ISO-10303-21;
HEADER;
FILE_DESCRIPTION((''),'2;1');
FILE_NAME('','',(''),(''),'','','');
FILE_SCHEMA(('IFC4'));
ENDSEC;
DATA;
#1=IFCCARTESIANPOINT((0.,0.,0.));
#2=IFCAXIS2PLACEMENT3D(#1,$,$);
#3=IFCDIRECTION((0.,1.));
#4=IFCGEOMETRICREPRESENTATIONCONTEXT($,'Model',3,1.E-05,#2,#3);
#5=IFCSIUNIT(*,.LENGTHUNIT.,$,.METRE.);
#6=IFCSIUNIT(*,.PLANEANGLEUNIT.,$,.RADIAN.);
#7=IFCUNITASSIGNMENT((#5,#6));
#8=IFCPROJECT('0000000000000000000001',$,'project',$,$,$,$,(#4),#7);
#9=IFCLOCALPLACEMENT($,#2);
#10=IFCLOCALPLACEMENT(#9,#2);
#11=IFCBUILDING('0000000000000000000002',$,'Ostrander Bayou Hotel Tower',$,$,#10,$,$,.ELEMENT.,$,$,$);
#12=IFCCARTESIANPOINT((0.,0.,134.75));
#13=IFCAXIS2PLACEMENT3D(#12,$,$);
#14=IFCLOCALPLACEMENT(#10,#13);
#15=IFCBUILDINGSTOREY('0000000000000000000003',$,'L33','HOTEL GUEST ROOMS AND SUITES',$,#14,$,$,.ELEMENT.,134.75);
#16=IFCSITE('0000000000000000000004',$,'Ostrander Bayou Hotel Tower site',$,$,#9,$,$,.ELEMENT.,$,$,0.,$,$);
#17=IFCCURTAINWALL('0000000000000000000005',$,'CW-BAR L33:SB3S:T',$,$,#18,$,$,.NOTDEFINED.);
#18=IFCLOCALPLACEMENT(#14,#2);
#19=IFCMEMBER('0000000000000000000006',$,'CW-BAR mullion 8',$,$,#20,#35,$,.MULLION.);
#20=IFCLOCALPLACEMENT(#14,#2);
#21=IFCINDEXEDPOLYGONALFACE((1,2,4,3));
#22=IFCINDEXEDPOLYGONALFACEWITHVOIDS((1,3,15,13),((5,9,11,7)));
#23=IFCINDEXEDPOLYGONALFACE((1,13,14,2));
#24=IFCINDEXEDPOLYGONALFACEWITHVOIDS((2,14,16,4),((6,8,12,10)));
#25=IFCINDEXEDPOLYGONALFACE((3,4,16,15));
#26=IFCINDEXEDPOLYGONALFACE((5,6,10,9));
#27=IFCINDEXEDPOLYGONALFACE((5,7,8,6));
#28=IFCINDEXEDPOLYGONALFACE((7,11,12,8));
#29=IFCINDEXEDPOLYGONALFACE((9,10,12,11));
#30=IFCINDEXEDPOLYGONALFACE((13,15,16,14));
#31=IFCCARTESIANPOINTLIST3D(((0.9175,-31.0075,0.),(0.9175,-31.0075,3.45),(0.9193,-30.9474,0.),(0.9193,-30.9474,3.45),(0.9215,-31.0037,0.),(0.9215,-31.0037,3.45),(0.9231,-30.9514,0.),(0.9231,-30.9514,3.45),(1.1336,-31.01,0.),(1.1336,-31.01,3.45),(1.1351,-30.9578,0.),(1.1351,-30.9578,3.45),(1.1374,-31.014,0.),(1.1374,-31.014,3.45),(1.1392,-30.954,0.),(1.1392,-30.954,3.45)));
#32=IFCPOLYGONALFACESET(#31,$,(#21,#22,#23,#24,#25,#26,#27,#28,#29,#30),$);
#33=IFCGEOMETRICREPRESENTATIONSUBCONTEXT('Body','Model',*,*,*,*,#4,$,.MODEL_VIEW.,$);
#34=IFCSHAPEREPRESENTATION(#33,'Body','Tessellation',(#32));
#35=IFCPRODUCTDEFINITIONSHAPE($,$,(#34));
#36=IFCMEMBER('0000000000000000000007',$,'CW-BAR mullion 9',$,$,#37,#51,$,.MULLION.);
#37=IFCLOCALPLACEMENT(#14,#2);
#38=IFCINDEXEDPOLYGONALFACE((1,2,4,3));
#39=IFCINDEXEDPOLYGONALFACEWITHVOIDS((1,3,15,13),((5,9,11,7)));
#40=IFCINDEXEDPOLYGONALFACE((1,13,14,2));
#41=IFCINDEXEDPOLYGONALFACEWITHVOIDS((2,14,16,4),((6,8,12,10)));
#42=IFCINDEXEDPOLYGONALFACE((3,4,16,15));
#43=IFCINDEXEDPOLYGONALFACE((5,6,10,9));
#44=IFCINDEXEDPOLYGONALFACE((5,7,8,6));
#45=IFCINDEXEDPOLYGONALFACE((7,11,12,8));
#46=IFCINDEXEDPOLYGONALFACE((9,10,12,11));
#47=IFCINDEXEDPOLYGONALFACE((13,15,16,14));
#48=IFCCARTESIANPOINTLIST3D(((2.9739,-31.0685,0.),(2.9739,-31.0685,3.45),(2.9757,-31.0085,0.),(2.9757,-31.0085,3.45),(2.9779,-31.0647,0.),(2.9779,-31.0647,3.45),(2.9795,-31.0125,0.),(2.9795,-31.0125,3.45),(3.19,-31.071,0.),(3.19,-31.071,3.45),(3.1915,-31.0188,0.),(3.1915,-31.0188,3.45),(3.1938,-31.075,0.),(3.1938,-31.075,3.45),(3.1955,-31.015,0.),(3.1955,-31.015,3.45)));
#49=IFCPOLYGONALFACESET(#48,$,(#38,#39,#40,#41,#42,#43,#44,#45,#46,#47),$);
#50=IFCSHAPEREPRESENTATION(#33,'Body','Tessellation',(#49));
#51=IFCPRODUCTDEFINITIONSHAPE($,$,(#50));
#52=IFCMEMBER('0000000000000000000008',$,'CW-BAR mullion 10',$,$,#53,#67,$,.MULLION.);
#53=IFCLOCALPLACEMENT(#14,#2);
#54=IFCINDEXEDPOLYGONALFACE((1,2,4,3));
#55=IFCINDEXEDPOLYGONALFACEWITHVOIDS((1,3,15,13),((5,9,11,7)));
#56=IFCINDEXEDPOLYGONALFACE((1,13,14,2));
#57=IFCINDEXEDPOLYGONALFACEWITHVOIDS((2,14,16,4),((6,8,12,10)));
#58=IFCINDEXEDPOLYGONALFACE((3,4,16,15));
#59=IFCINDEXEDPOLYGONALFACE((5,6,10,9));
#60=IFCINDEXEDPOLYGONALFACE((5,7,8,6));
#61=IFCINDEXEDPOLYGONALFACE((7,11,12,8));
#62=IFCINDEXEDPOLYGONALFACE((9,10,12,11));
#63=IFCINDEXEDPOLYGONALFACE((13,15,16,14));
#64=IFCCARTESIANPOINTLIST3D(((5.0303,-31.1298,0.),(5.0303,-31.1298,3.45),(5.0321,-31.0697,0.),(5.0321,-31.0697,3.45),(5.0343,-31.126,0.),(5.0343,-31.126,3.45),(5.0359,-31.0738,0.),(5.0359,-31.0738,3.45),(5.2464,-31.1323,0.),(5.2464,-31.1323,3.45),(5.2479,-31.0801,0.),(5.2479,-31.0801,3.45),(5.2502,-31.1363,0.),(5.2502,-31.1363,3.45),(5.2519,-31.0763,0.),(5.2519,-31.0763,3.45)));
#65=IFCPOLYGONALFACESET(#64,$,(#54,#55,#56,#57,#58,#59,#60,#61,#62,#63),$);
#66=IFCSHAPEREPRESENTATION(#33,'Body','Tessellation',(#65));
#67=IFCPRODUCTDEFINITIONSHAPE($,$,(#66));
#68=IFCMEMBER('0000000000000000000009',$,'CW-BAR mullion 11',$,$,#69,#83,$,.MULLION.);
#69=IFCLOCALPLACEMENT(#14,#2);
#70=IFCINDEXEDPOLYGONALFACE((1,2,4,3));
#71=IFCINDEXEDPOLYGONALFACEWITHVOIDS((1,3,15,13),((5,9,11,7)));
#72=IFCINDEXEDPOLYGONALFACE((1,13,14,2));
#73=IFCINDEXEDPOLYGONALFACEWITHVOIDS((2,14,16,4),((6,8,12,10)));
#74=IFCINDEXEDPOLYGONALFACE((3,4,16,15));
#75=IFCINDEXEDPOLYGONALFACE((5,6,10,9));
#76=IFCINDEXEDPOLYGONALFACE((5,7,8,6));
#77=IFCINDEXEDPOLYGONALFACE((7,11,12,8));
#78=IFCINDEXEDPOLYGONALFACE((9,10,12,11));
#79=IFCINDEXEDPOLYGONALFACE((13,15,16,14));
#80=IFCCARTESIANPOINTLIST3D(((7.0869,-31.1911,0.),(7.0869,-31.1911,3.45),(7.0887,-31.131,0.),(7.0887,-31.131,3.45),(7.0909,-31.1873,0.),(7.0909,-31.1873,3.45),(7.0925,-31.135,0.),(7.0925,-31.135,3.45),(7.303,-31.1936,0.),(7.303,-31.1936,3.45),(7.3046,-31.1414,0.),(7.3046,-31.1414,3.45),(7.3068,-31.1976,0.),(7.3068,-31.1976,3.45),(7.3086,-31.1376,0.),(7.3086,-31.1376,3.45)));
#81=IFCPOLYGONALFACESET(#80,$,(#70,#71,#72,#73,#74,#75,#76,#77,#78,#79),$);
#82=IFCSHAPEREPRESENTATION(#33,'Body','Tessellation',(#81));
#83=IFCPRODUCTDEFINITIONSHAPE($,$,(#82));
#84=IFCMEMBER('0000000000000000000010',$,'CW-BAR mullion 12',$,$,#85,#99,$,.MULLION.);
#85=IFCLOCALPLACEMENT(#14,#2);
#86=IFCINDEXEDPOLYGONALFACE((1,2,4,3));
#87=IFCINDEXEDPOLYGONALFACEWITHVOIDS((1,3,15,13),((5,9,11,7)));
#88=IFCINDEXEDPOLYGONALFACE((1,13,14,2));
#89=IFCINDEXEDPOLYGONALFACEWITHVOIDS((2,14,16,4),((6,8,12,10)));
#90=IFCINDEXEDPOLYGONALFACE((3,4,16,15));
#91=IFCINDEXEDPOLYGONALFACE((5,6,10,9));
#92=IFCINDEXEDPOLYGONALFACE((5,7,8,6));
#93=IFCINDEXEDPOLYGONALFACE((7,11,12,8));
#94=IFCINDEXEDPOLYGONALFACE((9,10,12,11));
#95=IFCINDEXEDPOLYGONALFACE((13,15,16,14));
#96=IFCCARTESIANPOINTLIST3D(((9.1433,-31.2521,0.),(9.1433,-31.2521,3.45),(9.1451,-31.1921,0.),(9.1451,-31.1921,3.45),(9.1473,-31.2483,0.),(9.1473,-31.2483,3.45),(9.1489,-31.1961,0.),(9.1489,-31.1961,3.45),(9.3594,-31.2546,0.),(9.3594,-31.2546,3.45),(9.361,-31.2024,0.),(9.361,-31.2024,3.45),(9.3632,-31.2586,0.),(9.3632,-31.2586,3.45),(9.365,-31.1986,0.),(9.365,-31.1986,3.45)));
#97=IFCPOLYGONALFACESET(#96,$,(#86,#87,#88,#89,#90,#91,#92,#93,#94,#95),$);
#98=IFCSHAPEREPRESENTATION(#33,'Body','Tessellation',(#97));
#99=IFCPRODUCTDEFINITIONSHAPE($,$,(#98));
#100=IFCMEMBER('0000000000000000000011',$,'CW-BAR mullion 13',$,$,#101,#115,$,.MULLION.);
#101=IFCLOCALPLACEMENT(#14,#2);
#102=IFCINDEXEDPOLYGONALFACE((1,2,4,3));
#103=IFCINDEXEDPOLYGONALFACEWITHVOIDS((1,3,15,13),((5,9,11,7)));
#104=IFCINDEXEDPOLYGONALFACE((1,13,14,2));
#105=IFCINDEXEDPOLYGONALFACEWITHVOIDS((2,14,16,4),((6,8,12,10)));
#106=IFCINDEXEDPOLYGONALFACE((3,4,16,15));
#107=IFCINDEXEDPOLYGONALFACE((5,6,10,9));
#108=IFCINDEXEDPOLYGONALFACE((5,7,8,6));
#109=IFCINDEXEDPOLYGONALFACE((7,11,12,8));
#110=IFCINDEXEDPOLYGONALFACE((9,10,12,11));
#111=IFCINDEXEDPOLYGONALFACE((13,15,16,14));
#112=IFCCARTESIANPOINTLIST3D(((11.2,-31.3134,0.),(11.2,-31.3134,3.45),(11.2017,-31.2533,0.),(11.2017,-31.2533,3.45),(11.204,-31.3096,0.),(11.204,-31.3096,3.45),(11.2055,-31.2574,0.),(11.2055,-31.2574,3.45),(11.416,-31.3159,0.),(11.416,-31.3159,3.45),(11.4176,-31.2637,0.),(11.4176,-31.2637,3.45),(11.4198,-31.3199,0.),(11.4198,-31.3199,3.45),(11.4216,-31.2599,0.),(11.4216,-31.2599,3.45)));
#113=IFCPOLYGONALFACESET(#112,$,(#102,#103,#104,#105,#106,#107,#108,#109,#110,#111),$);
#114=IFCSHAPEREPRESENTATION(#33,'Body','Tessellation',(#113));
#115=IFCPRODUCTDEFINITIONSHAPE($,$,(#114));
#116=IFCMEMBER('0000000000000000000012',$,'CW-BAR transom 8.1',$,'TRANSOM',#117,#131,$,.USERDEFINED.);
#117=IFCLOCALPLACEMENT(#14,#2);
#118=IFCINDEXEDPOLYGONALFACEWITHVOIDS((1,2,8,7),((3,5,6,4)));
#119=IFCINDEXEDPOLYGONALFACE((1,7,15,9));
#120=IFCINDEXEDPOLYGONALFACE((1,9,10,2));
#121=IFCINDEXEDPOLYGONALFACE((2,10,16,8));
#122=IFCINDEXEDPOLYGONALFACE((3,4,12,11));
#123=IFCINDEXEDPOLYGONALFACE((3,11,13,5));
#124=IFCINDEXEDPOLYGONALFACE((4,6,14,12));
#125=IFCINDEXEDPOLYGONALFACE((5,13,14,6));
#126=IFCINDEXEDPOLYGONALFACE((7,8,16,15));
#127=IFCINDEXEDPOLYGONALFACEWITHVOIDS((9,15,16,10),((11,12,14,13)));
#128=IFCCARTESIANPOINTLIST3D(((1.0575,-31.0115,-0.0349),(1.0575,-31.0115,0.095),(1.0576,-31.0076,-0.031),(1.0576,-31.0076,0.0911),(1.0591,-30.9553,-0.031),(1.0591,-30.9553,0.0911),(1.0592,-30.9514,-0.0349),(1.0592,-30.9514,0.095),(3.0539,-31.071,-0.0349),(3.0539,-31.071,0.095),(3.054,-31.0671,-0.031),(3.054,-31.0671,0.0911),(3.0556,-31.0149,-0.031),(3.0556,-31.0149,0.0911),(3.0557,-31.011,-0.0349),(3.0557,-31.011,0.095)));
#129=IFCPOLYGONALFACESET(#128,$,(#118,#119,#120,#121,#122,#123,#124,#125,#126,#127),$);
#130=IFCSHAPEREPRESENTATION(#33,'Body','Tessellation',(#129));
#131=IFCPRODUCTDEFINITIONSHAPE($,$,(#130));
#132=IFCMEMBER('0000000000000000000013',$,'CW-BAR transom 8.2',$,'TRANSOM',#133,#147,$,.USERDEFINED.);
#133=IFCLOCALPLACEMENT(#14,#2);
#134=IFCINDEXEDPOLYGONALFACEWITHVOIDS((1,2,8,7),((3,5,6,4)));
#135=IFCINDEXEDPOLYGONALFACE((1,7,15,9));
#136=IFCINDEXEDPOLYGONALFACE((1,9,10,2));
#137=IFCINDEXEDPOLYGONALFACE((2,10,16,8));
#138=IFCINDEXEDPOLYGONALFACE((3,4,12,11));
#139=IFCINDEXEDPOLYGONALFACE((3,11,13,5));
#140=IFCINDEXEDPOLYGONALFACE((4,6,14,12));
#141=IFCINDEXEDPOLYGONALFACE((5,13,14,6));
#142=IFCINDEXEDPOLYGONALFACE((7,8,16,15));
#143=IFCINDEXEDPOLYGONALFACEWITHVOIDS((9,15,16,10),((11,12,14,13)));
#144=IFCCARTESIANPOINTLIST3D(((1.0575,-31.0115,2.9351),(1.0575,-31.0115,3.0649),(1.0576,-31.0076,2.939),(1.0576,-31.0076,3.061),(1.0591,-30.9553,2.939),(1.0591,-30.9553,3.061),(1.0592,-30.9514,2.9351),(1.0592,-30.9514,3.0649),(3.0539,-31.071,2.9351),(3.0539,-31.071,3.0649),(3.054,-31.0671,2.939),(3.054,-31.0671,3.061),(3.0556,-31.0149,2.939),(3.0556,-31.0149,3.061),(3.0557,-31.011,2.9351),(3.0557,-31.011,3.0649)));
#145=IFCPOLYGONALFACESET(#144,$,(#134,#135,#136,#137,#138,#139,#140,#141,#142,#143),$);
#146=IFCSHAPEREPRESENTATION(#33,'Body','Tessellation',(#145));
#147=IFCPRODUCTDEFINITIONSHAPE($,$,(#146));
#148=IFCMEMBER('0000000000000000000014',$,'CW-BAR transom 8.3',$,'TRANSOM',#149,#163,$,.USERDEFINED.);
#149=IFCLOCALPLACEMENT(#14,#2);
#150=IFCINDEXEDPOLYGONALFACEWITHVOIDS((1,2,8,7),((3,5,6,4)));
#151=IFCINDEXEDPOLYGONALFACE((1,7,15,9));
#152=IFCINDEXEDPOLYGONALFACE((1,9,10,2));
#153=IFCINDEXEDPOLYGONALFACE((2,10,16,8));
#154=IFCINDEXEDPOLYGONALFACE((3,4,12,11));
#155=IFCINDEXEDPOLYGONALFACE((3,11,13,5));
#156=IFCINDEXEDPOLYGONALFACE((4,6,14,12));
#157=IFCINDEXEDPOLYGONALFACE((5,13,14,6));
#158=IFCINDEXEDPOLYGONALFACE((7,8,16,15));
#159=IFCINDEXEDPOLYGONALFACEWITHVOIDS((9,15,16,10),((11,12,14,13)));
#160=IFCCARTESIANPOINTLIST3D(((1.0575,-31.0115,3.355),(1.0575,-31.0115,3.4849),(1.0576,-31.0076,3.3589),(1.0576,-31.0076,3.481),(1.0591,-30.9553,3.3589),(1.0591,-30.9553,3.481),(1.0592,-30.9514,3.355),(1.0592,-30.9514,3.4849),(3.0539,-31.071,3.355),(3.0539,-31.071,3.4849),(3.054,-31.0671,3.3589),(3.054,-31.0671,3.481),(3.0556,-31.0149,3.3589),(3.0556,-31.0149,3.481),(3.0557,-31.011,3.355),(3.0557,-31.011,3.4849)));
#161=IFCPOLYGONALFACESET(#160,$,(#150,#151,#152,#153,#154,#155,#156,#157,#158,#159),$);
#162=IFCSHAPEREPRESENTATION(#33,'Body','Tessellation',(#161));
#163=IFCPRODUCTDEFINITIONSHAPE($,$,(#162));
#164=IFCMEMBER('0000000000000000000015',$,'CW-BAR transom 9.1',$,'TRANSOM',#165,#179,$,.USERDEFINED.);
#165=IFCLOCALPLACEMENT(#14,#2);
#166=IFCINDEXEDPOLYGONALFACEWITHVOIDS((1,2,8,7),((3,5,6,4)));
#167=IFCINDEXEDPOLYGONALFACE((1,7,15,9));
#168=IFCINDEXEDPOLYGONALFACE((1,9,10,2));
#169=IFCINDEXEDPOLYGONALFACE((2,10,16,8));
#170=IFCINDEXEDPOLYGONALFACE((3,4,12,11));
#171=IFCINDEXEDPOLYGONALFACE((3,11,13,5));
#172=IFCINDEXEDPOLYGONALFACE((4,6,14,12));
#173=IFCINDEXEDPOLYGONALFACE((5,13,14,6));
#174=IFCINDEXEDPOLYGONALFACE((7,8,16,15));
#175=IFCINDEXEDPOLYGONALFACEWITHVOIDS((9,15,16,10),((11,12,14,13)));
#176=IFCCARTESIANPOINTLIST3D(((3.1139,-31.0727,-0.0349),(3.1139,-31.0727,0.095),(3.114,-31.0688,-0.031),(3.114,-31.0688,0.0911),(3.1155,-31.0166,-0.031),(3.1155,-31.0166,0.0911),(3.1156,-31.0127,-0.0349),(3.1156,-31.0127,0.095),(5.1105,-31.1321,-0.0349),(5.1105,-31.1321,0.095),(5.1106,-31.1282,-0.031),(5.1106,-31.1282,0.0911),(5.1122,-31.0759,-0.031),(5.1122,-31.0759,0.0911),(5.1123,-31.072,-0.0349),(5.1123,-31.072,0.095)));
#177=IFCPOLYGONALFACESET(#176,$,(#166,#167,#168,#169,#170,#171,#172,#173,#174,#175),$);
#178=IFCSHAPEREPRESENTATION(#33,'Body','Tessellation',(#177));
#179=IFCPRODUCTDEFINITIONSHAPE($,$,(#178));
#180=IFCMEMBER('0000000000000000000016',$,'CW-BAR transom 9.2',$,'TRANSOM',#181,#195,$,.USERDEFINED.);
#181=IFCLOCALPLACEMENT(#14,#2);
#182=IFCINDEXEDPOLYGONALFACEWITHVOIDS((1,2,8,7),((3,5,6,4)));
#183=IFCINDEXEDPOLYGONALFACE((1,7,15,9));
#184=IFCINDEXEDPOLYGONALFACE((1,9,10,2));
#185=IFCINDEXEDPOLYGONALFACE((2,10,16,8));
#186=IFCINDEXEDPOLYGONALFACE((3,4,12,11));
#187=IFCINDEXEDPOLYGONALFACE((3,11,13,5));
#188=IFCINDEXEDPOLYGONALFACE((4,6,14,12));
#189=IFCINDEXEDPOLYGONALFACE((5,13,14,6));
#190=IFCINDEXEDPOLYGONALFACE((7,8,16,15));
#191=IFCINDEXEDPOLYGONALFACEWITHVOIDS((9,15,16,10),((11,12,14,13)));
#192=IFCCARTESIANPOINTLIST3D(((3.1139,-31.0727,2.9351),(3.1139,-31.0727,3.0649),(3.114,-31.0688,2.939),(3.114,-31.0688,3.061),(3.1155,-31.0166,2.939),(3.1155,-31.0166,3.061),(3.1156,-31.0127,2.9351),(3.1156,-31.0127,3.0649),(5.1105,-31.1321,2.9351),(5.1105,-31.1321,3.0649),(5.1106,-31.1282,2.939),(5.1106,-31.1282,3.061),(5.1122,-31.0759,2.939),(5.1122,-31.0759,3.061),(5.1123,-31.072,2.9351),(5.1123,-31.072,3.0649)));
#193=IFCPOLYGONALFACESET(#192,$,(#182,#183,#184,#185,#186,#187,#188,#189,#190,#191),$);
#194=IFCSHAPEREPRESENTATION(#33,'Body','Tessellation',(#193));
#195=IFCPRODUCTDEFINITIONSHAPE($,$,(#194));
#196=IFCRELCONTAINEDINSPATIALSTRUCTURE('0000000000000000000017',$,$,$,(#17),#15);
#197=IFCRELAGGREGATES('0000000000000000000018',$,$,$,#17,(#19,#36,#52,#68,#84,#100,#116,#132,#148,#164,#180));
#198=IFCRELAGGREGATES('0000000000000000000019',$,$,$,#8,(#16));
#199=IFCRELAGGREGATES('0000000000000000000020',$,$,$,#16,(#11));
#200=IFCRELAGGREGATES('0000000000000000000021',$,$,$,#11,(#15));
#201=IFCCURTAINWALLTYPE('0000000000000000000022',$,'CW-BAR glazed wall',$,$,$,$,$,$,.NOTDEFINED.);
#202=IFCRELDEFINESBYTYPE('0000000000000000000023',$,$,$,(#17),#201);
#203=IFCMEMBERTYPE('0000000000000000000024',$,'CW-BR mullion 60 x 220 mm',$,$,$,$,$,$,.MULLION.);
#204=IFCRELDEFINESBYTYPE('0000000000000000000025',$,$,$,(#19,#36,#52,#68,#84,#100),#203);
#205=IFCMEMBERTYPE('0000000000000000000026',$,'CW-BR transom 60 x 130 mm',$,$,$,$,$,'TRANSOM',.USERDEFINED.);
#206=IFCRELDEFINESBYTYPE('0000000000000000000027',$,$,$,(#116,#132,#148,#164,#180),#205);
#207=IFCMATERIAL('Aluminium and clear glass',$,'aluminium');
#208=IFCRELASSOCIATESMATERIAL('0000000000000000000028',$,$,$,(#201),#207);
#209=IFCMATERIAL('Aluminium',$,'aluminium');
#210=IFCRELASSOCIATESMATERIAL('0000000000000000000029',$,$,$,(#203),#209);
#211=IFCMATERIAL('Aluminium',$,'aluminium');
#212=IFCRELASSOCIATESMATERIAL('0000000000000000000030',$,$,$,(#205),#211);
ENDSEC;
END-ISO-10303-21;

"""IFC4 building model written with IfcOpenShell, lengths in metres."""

from ifc_helpers import new_model, si_unit, direction, frame, origin, origin_2d, place, context, subcontext, project, spatial, hollow_rectangle, extrude, material, material_profile, profile_set, type_object, element, aggregate, save


model = new_model("IFC4")

# Units and contexts
model_context = context("Model", 3, precision=1e-05, world=origin(), true_north=direction((0.0, 1.0)))
body_context = subcontext(model_context, "Body", "Model", "MODEL_VIEW")
ifc_project = project(units=[si_unit("LENGTHUNIT", "METRE"), si_unit("PLANEANGLEUNIT", "RADIAN")], contexts=[model_context])

# Site, building, storey
site_placement = place(None, origin())
site = spatial("IfcSite", under=ifc_project, at=site_placement, Name="Ostrander Bayou Hotel Tower site", CompositionType="ELEMENT", RefElevation=0.0)
building_placement = place(site_placement, origin())
building = spatial("IfcBuilding", under=site, at=building_placement, Name="Ostrander Bayou Hotel Tower", CompositionType="ELEMENT")
storey_placement = place(building_placement, frame((0.0, 0.0, 134.75)))
storey = spatial("IfcBuildingStorey", under=building, at=storey_placement, Name="L33", Description="HOTEL GUEST ROOMS AND SUITES", CompositionType="ELEMENT", Elevation=134.75)

# Curtain wall, members
ifc_material_1 = material(Name="Aluminium and clear glass", Category="aluminium")
curtain_wall_type = type_object("IfcCurtainWallType", Name="CW-BAR glazed wall", PredefinedType="NOTDEFINED", material=ifc_material_1)
curtain_wall_placement = place(storey_placement, origin())
curtain_wall = element("IfcCurtainWall", 1, at=curtain_wall_placement, inside=storey, type_object=curtain_wall_type, Name="CW-BAR L33:SB3S:T", PredefinedType="NOTDEFINED")
ifc_material_2 = material(Name="Aluminium", Category="aluminium")
ifc_material_profile_1 = material_profile(ifc_material_2, hollow_rectangle(XDim=0.0601, YDim=0.22, WallThickness=0.0039, at=origin_2d()))
ifc_profile_set_1 = profile_set([ifc_material_profile_1], Name="Aluminium")
member_type_1 = type_object("IfcMemberType", Name="CW-BR mullion 60 x 220 mm", PredefinedType="MULLION", material=ifc_profile_set_1)
member_1_placement = place(storey_placement, frame((1.0283, -30.9807, 0.0), z_axis=(0.0, 0.0, 1.0), x_axis=(0.029746, 0.999557, 0.0)))
member_1 = element("IfcMember", 2, at=member_1_placement, type_object=member_type_1, Name="CW-BAR mullion 8", PredefinedType="MULLION", context=body_context, shape_type="SweptSolid", body=[
    extrude(hollow_rectangle(XDim=0.0601, YDim=0.22, WallThickness=0.0039, at=origin_2d()), origin(), (0.0, 0.0, 1.0), 3.45),
])
member_2_placement = place(storey_placement, frame((3.0847, -31.0417, 0.0), z_axis=(0.0, 0.0, 1.0), x_axis=(0.029746, 0.999557, 0.0)))
member_2 = element("IfcMember", 3, at=member_2_placement, type_object=member_type_1, Name="CW-BAR mullion 9", PredefinedType="MULLION", context=body_context, shape_type="SweptSolid", body=[
    extrude(hollow_rectangle(XDim=0.0601, YDim=0.22, WallThickness=0.0039, at=origin_2d()), origin(), (0.0, 0.0, 1.0), 3.45),
])
member_3_placement = place(storey_placement, frame((5.1411, -31.103, 0.0), z_axis=(0.0, 0.0, 1.0), x_axis=(0.029746, 0.999557, 0.0)))
member_3 = element("IfcMember", 4, at=member_3_placement, type_object=member_type_1, Name="CW-BAR mullion 10", PredefinedType="MULLION", context=body_context, shape_type="SweptSolid", body=[
    extrude(hollow_rectangle(XDim=0.0601, YDim=0.22, WallThickness=0.0039, at=origin_2d()), origin(), (0.0, 0.0, 1.0), 3.45),
])
member_4_placement = place(storey_placement, frame((7.1978, -31.1643, 0.0), z_axis=(0.0, 0.0, 1.0), x_axis=(0.029746, 0.999557, 0.0)))
member_4 = element("IfcMember", 5, at=member_4_placement, type_object=member_type_1, Name="CW-BAR mullion 11", PredefinedType="MULLION", context=body_context, shape_type="SweptSolid", body=[
    extrude(hollow_rectangle(XDim=0.0601, YDim=0.22, WallThickness=0.0039, at=origin_2d()), origin(), (0.0, 0.0, 1.0), 3.45),
])
member_5_placement = place(storey_placement, frame((9.2542, -31.2253, 0.0), z_axis=(0.0, 0.0, 1.0), x_axis=(0.029746, 0.999557, 0.0)))
member_5 = element("IfcMember", 6, at=member_5_placement, type_object=member_type_1, Name="CW-BAR mullion 12", PredefinedType="MULLION", context=body_context, shape_type="SweptSolid", body=[
    extrude(hollow_rectangle(XDim=0.0601, YDim=0.22, WallThickness=0.0039, at=origin_2d()), origin(), (0.0, 0.0, 1.0), 3.45),
])
member_6_placement = place(storey_placement, frame((11.3108, -31.2866, 0.0), z_axis=(0.0, 0.0, 1.0), x_axis=(0.029746, 0.999557, 0.0)))
member_6 = element("IfcMember", 7, at=member_6_placement, type_object=member_type_1, Name="CW-BAR mullion 13", PredefinedType="MULLION", context=body_context, shape_type="SweptSolid", body=[
    extrude(hollow_rectangle(XDim=0.0601, YDim=0.22, WallThickness=0.0039, at=origin_2d()), origin(), (0.0, 0.0, 1.0), 3.45),
])
ifc_material_3 = material(Name="Aluminium", Category="aluminium")
ifc_material_profile_2 = material_profile(ifc_material_3, hollow_rectangle(XDim=0.0601, YDim=0.1299, WallThickness=0.0039, at=origin_2d()))
ifc_profile_set_2 = profile_set([ifc_material_profile_2], Name="Aluminium")
member_type_2 = type_object("IfcMemberType", Name="CW-BR transom 60 x 130 mm", ElementType="TRANSOM", PredefinedType="USERDEFINED", material=ifc_profile_set_2)
member_7_placement = place(storey_placement, frame((1.0583, -30.9814, 0.03), z_axis=(0.999555, -0.029827, 0.0), x_axis=(0.029827, 0.999555, 0.0)))
member_7 = element("IfcMember", 8, at=member_7_placement, type_object=member_type_2, Name="CW-BAR transom 8.1", ObjectType="TRANSOM", PredefinedType="USERDEFINED", context=body_context, shape_type="SweptSolid", body=[
    extrude(hollow_rectangle(XDim=0.0601, YDim=0.1299, WallThickness=0.0039, at=origin_2d()), origin(), (0.0, 0.0, 1.0), 1.9973),
])
member_8_placement = place(storey_placement, frame((1.0583, -30.9814, 3.0), z_axis=(0.999555, -0.029827, 0.0), x_axis=(0.029827, 0.999555, 0.0)))
member_8 = element("IfcMember", 9, at=member_8_placement, type_object=member_type_2, Name="CW-BAR transom 8.2", ObjectType="TRANSOM", PredefinedType="USERDEFINED", context=body_context, shape_type="SweptSolid", body=[
    extrude(hollow_rectangle(XDim=0.0601, YDim=0.1299, WallThickness=0.0039, at=origin_2d()), origin(), (0.0, 0.0, 1.0), 1.9973),
])
member_9_placement = place(storey_placement, frame((1.0583, -30.9814, 3.4199), z_axis=(0.999555, -0.029827, 0.0), x_axis=(0.029827, 0.999555, 0.0)))
member_9 = element("IfcMember", 10, at=member_9_placement, type_object=member_type_2, Name="CW-BAR transom 8.3", ObjectType="TRANSOM", PredefinedType="USERDEFINED", context=body_context, shape_type="SweptSolid", body=[
    extrude(hollow_rectangle(XDim=0.0601, YDim=0.1299, WallThickness=0.0039, at=origin_2d()), origin(), (0.0, 0.0, 1.0), 1.9973),
])
member_10_placement = place(storey_placement, frame((3.1147, -31.0427, 0.03), z_axis=(0.999559, -0.029701, 0.0), x_axis=(0.029701, 0.999559, 0.0)))
member_10 = element("IfcMember", 11, at=member_10_placement, type_object=member_type_2, Name="CW-BAR transom 9.1", ObjectType="TRANSOM", PredefinedType="USERDEFINED", context=body_context, shape_type="SweptSolid", body=[
    extrude(hollow_rectangle(XDim=0.0601, YDim=0.1299, WallThickness=0.0039, at=origin_2d()), origin(), (0.0, 0.0, 1.0), 1.9976),
])
member_11_placement = place(storey_placement, frame((3.1147, -31.0427, 3.0), z_axis=(0.999559, -0.029701, 0.0), x_axis=(0.029701, 0.999559, 0.0)))
member_11 = element("IfcMember", 12, at=member_11_placement, type_object=member_type_2, Name="CW-BAR transom 9.2", ObjectType="TRANSOM", PredefinedType="USERDEFINED", context=body_context, shape_type="SweptSolid", body=[
    extrude(hollow_rectangle(XDim=0.0601, YDim=0.1299, WallThickness=0.0039, at=origin_2d()), origin(), (0.0, 0.0, 1.0), 1.9976),
])
aggregate(curtain_wall, [member_1, member_2, member_3, member_4, member_5, member_6, member_7, member_8, member_9, member_10, member_11])

save(model, "model.ifc")
